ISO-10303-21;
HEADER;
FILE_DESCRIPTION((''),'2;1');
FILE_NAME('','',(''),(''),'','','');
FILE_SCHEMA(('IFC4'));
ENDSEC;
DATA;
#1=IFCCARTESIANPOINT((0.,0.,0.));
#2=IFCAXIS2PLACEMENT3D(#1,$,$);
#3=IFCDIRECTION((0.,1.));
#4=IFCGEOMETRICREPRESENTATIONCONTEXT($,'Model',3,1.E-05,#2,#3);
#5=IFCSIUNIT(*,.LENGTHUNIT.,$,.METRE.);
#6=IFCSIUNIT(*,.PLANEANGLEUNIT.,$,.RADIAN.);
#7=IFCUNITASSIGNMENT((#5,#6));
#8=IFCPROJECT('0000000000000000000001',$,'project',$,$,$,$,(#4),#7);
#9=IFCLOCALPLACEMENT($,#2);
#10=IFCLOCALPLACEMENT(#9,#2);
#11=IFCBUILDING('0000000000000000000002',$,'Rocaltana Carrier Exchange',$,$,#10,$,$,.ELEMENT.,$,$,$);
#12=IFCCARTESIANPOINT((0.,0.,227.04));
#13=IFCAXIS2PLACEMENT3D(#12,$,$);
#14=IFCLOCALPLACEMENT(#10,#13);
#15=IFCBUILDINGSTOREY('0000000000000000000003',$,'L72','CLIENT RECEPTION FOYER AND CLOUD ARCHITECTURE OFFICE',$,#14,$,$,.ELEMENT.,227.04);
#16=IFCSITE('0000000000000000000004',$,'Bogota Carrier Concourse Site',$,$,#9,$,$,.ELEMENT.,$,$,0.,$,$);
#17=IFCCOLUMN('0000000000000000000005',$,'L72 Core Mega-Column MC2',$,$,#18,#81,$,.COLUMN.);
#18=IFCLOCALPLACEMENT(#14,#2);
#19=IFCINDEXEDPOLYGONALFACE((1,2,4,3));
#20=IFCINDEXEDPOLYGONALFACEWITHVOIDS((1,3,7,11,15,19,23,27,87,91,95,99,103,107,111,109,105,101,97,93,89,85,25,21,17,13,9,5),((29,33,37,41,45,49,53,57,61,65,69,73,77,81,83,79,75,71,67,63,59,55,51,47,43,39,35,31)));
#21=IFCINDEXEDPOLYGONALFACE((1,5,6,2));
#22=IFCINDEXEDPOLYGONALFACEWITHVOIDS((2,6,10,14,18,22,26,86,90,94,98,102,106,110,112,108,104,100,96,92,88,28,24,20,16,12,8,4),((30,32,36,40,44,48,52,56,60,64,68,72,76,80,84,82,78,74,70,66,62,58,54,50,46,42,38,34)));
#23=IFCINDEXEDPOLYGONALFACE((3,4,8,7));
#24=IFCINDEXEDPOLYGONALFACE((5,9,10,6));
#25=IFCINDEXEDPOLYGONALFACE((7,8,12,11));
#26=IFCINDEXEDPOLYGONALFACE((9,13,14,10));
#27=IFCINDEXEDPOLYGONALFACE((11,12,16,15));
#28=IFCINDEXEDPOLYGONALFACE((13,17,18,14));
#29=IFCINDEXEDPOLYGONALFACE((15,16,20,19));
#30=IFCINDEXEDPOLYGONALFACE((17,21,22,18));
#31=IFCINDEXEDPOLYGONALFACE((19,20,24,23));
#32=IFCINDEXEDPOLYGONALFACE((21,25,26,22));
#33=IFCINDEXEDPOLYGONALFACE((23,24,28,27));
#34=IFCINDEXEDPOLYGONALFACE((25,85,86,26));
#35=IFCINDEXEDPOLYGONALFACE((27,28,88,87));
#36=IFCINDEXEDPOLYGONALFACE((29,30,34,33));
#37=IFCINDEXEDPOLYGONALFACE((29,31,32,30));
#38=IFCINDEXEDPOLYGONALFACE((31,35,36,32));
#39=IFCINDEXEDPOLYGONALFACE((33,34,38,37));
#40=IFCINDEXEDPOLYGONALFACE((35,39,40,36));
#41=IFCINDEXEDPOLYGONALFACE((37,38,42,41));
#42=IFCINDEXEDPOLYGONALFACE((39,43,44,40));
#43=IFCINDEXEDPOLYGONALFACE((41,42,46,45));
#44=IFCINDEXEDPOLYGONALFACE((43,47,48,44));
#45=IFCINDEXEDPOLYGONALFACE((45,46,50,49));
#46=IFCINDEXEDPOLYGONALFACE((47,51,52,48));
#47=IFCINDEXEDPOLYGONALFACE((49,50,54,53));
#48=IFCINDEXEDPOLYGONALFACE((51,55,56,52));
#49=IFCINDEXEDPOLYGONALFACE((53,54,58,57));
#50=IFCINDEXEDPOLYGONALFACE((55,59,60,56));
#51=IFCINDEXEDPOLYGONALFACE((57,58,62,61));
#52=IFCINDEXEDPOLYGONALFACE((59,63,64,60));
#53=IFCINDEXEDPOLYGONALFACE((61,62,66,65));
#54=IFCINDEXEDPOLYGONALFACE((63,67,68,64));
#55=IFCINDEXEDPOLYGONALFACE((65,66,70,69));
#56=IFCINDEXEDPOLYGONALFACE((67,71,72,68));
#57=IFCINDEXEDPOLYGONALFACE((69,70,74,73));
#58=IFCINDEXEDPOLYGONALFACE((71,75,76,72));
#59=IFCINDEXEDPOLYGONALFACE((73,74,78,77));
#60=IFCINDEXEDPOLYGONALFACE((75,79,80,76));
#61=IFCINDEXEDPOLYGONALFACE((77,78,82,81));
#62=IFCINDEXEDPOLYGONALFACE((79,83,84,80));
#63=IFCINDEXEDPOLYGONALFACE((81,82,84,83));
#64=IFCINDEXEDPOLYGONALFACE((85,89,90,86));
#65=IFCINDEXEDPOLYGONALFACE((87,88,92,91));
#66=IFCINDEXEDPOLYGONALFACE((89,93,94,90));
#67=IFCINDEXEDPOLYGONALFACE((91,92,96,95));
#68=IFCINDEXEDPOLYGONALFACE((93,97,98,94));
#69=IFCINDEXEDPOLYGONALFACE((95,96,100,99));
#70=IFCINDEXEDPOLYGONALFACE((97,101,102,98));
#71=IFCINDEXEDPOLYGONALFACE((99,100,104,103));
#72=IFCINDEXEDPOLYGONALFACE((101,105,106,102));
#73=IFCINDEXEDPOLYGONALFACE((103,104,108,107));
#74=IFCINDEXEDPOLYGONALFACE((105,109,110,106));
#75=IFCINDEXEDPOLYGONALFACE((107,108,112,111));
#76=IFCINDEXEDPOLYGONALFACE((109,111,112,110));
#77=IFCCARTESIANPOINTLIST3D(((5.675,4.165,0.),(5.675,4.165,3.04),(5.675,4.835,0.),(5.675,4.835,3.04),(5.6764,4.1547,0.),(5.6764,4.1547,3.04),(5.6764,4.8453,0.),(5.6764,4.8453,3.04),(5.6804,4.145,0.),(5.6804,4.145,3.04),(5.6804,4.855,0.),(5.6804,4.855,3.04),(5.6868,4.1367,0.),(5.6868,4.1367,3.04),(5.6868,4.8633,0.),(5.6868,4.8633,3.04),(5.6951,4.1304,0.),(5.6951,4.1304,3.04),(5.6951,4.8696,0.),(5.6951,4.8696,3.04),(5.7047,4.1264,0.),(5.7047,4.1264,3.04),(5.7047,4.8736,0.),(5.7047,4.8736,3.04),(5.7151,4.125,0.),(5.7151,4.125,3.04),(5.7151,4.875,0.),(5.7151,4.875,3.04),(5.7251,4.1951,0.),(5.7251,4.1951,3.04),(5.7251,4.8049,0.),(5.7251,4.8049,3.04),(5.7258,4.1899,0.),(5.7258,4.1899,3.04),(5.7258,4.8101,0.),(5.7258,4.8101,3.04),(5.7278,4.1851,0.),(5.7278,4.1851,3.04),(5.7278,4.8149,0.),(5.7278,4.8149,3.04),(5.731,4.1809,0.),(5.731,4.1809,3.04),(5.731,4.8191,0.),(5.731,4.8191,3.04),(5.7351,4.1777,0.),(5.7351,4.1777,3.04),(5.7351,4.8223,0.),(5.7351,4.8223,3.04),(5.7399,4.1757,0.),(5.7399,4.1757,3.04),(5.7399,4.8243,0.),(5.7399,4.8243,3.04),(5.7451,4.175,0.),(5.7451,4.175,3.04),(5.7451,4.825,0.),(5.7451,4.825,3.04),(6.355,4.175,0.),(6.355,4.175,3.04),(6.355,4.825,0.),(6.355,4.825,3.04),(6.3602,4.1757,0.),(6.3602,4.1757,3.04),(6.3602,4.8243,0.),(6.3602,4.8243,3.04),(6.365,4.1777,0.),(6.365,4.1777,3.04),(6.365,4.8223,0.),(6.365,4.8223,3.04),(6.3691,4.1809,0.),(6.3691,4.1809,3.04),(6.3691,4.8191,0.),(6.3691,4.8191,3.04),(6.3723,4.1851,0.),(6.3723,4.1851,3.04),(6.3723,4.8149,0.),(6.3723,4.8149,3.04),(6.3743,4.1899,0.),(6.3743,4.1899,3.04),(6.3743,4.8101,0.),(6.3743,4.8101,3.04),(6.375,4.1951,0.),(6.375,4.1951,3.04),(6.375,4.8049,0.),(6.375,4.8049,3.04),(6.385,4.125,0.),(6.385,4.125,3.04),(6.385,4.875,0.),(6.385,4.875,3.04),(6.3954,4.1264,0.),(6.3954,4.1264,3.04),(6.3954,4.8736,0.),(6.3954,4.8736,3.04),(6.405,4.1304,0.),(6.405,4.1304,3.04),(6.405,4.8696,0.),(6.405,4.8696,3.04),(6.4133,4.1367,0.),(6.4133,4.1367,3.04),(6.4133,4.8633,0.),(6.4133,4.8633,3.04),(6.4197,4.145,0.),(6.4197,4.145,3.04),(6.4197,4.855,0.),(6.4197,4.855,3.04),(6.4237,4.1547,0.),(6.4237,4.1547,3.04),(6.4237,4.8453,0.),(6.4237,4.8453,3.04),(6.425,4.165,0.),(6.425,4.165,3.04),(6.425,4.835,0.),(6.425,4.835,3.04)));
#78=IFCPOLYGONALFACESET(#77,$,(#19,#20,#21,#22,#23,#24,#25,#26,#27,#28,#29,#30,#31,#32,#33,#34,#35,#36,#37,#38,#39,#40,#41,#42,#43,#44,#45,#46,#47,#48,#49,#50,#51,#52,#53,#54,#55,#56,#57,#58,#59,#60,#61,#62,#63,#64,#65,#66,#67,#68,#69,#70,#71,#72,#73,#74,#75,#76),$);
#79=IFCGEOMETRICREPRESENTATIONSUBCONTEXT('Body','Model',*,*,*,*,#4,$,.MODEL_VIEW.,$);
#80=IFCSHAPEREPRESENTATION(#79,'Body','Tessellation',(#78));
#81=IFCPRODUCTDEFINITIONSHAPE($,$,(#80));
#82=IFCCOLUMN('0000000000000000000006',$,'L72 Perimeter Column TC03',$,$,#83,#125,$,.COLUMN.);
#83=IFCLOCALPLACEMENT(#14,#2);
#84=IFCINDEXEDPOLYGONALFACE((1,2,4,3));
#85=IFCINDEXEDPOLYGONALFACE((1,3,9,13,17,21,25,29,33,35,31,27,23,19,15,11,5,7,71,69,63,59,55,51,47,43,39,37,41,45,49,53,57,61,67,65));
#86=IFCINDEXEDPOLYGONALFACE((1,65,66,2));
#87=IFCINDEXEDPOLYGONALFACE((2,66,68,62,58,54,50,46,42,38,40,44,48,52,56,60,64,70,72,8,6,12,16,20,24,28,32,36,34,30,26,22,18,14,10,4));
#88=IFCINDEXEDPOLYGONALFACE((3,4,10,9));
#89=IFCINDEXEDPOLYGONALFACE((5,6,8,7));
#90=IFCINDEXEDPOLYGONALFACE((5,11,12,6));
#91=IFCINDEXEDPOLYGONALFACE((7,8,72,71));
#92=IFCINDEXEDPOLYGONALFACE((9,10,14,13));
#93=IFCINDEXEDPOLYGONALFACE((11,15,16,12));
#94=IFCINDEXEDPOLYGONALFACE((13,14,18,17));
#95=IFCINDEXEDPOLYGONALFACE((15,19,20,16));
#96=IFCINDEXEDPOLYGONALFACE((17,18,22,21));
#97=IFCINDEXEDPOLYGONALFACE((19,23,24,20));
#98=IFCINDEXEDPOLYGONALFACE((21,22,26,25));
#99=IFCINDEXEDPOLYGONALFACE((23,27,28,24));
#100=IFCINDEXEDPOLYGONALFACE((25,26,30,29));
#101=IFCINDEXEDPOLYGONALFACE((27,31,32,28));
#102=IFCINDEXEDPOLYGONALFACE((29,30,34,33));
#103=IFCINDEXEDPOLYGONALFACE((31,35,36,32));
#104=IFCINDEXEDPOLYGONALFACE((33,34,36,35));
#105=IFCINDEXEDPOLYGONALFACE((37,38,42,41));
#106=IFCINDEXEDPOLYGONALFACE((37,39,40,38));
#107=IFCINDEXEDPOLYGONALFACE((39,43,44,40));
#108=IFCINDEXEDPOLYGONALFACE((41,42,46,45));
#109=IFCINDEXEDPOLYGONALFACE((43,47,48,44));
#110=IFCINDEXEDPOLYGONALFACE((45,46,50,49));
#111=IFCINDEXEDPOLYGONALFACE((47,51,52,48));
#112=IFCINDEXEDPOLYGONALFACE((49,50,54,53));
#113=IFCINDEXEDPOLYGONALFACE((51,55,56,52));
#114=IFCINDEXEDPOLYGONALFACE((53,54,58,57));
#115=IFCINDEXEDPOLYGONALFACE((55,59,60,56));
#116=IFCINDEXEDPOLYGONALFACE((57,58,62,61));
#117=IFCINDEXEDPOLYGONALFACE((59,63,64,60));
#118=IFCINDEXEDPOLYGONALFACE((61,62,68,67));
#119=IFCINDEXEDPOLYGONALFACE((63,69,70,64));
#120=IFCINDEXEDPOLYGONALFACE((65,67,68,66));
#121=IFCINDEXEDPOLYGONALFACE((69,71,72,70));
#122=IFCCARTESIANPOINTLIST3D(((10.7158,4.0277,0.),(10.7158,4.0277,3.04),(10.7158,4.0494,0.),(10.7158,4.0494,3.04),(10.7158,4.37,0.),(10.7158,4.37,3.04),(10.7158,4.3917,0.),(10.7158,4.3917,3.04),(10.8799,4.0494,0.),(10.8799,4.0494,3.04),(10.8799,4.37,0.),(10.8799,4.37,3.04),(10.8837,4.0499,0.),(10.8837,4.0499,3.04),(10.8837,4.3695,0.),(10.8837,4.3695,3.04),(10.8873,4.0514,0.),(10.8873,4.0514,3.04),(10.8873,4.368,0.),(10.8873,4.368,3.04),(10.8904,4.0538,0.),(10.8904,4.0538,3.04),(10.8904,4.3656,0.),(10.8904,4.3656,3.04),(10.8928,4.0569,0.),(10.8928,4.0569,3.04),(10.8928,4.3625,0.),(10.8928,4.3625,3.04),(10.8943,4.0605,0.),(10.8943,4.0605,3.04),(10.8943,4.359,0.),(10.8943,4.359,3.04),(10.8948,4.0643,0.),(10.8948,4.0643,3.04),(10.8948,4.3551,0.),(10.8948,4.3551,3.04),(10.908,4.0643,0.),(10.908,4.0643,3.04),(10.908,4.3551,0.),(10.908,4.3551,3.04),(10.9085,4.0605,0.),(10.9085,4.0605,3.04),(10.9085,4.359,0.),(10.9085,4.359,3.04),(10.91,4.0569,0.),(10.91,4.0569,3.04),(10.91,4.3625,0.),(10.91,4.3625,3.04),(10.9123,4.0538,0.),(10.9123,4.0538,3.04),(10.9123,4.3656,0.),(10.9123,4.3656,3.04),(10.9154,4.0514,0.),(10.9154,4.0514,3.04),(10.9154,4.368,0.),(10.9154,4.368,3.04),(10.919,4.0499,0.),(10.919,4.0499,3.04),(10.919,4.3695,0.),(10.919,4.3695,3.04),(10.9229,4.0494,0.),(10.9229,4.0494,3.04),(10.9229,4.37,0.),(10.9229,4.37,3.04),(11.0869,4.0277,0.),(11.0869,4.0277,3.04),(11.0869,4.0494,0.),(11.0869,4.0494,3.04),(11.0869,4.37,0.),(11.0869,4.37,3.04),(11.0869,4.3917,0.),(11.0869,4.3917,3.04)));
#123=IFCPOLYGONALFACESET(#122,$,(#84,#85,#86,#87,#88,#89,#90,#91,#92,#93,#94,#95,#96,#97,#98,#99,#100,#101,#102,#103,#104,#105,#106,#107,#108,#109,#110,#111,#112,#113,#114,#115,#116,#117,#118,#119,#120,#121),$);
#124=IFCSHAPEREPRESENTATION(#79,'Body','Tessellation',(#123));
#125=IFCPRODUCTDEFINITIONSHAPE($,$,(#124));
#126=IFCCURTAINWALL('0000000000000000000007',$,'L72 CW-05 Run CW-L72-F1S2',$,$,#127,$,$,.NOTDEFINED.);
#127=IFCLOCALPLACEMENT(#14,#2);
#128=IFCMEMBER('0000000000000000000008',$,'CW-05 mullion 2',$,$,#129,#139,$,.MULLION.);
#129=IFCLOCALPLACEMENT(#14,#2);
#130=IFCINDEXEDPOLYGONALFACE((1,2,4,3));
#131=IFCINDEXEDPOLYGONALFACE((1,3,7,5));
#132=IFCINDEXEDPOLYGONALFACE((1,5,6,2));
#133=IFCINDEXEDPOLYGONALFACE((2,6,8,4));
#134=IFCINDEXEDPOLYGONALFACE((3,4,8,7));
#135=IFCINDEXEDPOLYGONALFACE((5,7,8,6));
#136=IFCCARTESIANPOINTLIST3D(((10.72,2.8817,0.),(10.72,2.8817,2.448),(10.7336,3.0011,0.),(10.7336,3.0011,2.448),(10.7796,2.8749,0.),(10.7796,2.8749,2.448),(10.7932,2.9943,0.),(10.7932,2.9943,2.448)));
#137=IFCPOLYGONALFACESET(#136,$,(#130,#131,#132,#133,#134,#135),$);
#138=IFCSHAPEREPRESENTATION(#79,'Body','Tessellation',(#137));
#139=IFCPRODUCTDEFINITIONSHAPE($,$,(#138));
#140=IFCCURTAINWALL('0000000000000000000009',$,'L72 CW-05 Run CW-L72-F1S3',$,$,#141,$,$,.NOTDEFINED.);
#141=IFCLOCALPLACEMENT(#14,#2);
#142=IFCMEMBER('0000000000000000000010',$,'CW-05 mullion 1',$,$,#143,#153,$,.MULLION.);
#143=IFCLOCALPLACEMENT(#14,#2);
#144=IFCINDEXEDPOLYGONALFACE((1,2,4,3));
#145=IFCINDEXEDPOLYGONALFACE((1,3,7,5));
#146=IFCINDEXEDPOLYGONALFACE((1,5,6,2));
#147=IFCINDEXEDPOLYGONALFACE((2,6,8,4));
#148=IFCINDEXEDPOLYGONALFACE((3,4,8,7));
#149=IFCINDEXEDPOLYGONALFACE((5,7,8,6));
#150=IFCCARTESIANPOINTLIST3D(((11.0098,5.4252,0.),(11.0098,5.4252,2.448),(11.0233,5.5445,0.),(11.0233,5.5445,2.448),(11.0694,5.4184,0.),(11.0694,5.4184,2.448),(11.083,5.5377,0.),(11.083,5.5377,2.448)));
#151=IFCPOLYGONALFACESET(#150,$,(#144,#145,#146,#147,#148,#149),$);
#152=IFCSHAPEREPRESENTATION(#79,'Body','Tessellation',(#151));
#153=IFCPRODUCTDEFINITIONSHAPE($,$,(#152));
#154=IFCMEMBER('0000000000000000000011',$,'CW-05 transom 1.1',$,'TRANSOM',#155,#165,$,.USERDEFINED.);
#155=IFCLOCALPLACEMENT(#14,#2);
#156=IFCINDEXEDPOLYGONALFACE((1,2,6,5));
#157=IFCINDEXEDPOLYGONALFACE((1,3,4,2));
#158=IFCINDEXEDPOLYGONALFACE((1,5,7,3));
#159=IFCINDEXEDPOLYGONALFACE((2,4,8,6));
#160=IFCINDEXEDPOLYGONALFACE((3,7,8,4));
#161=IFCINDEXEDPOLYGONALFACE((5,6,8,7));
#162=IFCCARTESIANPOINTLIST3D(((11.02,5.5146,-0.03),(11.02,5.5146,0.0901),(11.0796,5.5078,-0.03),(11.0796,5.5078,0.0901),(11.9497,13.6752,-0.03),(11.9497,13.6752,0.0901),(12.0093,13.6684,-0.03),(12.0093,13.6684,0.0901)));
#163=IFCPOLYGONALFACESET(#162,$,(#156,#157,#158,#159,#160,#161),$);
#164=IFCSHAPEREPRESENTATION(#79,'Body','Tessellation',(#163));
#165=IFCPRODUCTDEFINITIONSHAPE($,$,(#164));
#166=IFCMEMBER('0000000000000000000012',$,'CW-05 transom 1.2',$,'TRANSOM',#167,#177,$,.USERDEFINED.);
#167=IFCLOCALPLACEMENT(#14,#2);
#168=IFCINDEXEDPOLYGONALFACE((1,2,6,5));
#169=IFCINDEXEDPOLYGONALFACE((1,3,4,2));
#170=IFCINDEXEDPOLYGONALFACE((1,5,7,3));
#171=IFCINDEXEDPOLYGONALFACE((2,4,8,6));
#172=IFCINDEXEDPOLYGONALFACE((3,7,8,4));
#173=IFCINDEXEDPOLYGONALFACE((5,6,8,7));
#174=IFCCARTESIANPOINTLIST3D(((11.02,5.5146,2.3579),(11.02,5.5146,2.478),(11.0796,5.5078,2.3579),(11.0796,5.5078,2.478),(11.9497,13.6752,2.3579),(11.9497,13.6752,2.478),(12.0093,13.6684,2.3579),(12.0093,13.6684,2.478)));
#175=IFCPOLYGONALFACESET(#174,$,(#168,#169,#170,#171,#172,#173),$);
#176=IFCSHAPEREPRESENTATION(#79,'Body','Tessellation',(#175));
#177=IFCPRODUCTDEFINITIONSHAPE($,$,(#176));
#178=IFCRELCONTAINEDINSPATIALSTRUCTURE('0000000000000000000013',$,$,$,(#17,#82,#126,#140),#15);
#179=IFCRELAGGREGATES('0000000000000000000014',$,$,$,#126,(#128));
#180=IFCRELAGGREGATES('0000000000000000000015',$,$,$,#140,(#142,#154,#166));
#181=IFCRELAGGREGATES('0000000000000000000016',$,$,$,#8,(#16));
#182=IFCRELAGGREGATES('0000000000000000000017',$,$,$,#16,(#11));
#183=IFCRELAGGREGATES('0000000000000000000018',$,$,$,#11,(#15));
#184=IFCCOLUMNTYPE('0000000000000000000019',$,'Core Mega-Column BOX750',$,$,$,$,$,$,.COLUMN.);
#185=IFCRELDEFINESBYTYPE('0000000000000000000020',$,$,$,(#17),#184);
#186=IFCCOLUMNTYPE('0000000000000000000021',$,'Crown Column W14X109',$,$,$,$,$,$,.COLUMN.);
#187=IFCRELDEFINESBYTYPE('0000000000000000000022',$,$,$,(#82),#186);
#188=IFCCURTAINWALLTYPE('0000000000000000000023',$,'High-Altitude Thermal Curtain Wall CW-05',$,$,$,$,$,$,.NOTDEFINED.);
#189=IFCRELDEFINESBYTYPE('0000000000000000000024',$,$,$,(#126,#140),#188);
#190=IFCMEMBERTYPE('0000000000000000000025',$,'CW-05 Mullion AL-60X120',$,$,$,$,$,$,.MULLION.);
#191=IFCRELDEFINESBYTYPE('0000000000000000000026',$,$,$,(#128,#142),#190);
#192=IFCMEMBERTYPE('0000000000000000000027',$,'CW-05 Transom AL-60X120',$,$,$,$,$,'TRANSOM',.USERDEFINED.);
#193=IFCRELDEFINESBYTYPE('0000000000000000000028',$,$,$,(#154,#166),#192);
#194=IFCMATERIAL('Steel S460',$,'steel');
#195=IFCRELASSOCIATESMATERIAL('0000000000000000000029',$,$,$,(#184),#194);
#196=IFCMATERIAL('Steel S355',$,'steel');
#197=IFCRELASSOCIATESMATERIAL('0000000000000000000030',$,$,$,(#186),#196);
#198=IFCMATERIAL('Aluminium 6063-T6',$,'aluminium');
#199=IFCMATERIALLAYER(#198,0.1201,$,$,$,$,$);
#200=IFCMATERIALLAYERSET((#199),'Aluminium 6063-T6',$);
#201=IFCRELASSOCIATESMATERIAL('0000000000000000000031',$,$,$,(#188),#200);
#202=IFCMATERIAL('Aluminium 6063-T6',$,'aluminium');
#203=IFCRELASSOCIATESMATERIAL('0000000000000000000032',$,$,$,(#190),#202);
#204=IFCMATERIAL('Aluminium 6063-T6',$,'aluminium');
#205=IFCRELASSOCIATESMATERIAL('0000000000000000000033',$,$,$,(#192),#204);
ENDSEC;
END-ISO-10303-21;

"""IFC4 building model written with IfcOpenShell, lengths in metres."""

from ifc_helpers import new_model, si_unit, direction, frame, origin, origin_2d, place, context, subcontext, project, spatial, rectangle, hollow_rectangle, i_section, extrude, material, layer, layer_set, material_profile, profile_set, type_object, element, aggregate, save


model = new_model("IFC4")

# Units and contexts
model_context = context("Model", 3, precision=1e-05, world=origin(), true_north=direction((0.0, 1.0)))
body_context = subcontext(model_context, "Body", "Model", "MODEL_VIEW")
ifc_project = project(units=[si_unit("LENGTHUNIT", "METRE"), si_unit("PLANEANGLEUNIT", "RADIAN")], contexts=[model_context])

# Site, building, storey
site_placement = place(None, origin())
site = spatial("IfcSite", under=ifc_project, at=site_placement, Name="Bogota Carrier Concourse Site", CompositionType="ELEMENT", RefElevation=0.0)
building_placement = place(site_placement, origin())
building = spatial("IfcBuilding", under=site, at=building_placement, Name="Rocaltana Carrier Exchange", CompositionType="ELEMENT")
storey_placement = place(building_placement, frame((0.0, 0.0, 227.04)))
storey = spatial("IfcBuildingStorey", under=building, at=storey_placement, Name="L72", Description="CLIENT RECEPTION FOYER AND CLOUD ARCHITECTURE OFFICE", CompositionType="ELEMENT", Elevation=227.04)

# Columns
ifc_material_1 = material(Name="Steel S460", Category="steel")
ifc_material_profile_1 = material_profile(ifc_material_1, hollow_rectangle(XDim=0.75, YDim=0.75, WallThickness=0.05, InnerFilletRadius=0.02, OuterFilletRadius=0.04, at=origin_2d()), Name="BOX750X750X50")
ifc_profile_set_1 = profile_set([ifc_material_profile_1], Name="Steel S460")
column_type_1 = type_object("IfcColumnType", Name="Core Mega-Column BOX750", PredefinedType="COLUMN", material=ifc_profile_set_1)
column_1_placement = place(storey_placement, frame((6.05, 4.5, 0.0), z_axis=(0.0, 0.0, 1.0), x_axis=(1.0, 0.0, 0.0)))
element("IfcColumn", 1, at=column_1_placement, inside=storey, type_object=column_type_1, Name="L72 Core Mega-Column MC2", PredefinedType="COLUMN", context=body_context, shape_type="SweptSolid", body=[
    extrude(hollow_rectangle(XDim=0.75, YDim=0.75, WallThickness=0.05, InnerFilletRadius=0.02, OuterFilletRadius=0.04, at=origin_2d()), origin(), (0.0, 0.0, 1.0), 3.04),
])
ifc_material_2 = material(Name="Steel S355", Category="steel")
ifc_material_profile_2 = material_profile(ifc_material_2, i_section(OverallWidth=0.3711, OverallDepth=0.364, WebThickness=0.0132, FlangeThickness=0.0217, FilletRadius=0.0149, at=origin_2d()), Name="W14X109")
ifc_profile_set_2 = profile_set([ifc_material_profile_2], Name="Steel S355")
column_type_2 = type_object("IfcColumnType", Name="Crown Column W14X109", PredefinedType="COLUMN", material=ifc_profile_set_2)
column_2_placement = place(storey_placement, frame((10.9014, 4.2097, 0.0), z_axis=(0.0, 0.0, 1.0), x_axis=(1.0, 0.0, 0.0)))
element("IfcColumn", 2, at=column_2_placement, inside=storey, type_object=column_type_2, Name="L72 Perimeter Column TC03", PredefinedType="COLUMN", context=body_context, shape_type="SweptSolid", body=[
    extrude(i_section(OverallWidth=0.3711, OverallDepth=0.364, WebThickness=0.0132, FlangeThickness=0.0217, FilletRadius=0.0149, at=origin_2d()), origin(), (0.0, 0.0, 1.0), 3.04),
])

# Curtain wall, member
ifc_material_3 = material(Name="Aluminium 6063-T6", Category="aluminium")
ifc_layer_1 = layer(ifc_material_3, 0.1201)
ifc_layer_set_1 = layer_set([ifc_layer_1], Name="Aluminium 6063-T6")
curtain_wall_type = type_object("IfcCurtainWallType", Name="High-Altitude Thermal Curtain Wall CW-05", PredefinedType="NOTDEFINED", material=ifc_layer_set_1)
curtain_wall_1_placement = place(storey_placement, origin())
curtain_wall_1 = element("IfcCurtainWall", 3, at=curtain_wall_1_placement, inside=storey, type_object=curtain_wall_type, Name="L72 CW-05 Run CW-L72-F1S2", PredefinedType="NOTDEFINED")
ifc_material_4 = material(Name="Aluminium 6063-T6", Category="aluminium")
ifc_material_profile_3 = material_profile(ifc_material_4, rectangle(XDim=0.0601, YDim=0.1201, at=origin_2d()), Name="AL-60X120")
ifc_profile_set_3 = profile_set([ifc_material_profile_3], Name="Aluminium 6063-T6")
member_type_1 = type_object("IfcMemberType", Name="CW-05 Mullion AL-60X120", PredefinedType="MULLION", material=ifc_profile_set_3)
member_1_placement = place(storey_placement, frame((10.7566, 2.938, 0.0), z_axis=(0.0, 0.0, 1.0), x_axis=(-0.993571, 0.113209, 0.0)))
member_1 = element("IfcMember", 4, at=member_1_placement, type_object=member_type_1, Name="CW-05 mullion 2", PredefinedType="MULLION", context=body_context, shape_type="SweptSolid", body=[
    extrude(rectangle(XDim=0.0601, YDim=0.1201, at=origin_2d()), origin(), (0.0, 0.0, 1.0), 2.448),
])
aggregate(curtain_wall_1, [member_1])

# Curtain wall, members
curtain_wall_2_placement = place(storey_placement, origin())
curtain_wall_2 = element("IfcCurtainWall", 5, at=curtain_wall_2_placement, inside=storey, type_object=curtain_wall_type, Name="L72 CW-05 Run CW-L72-F1S3", PredefinedType="NOTDEFINED")
member_2_placement = place(storey_placement, frame((11.0464, 5.4814, 0.0), z_axis=(0.0, 0.0, 1.0), x_axis=(-0.993573, 0.113197, 0.0)))
member_2 = element("IfcMember", 6, at=member_2_placement, type_object=member_type_1, Name="CW-05 mullion 1", PredefinedType="MULLION", context=body_context, shape_type="SweptSolid", body=[
    extrude(rectangle(XDim=0.0601, YDim=0.1201, at=origin_2d()), origin(), (0.0, 0.0, 1.0), 2.448),
])
ifc_material_5 = material(Name="Aluminium 6063-T6", Category="aluminium")
ifc_material_profile_4 = material_profile(ifc_material_5, rectangle(XDim=0.0601, YDim=0.1201, at=origin_2d()), Name="AL-60X120")
ifc_profile_set_4 = profile_set([ifc_material_profile_4], Name="Aluminium 6063-T6")
member_type_2 = type_object("IfcMemberType", Name="CW-05 Transom AL-60X120", ElementType="TRANSOM", PredefinedType="USERDEFINED", material=ifc_profile_set_4)
member_3_placement = place(storey_placement, frame((11.0498, 5.5112, 0.03), z_axis=(0.113191, 0.993573, 0.0), x_axis=(-0.993573, 0.113191, 0.0)))
member_3 = element("IfcMember", 7, at=member_3_placement, type_object=member_type_2, Name="CW-05 transom 1.1", ObjectType="TRANSOM", PredefinedType="USERDEFINED", context=body_context, shape_type="SweptSolid", body=[
    extrude(rectangle(XDim=0.0601, YDim=0.1201, at=origin_2d()), origin(), (0.0, 0.0, 1.0), 8.2134),
])
member_4_placement = place(storey_placement, frame((11.0498, 5.5112, 2.418), z_axis=(0.113191, 0.993573, 0.0), x_axis=(-0.993573, 0.113191, 0.0)))
member_4 = element("IfcMember", 8, at=member_4_placement, type_object=member_type_2, Name="CW-05 transom 1.2", ObjectType="TRANSOM", PredefinedType="USERDEFINED", context=body_context, shape_type="SweptSolid", body=[
    extrude(rectangle(XDim=0.0601, YDim=0.1201, at=origin_2d()), origin(), (0.0, 0.0, 1.0), 8.2134),
])
aggregate(curtain_wall_2, [member_2, member_3, member_4])

save(model, "model.ifc")
